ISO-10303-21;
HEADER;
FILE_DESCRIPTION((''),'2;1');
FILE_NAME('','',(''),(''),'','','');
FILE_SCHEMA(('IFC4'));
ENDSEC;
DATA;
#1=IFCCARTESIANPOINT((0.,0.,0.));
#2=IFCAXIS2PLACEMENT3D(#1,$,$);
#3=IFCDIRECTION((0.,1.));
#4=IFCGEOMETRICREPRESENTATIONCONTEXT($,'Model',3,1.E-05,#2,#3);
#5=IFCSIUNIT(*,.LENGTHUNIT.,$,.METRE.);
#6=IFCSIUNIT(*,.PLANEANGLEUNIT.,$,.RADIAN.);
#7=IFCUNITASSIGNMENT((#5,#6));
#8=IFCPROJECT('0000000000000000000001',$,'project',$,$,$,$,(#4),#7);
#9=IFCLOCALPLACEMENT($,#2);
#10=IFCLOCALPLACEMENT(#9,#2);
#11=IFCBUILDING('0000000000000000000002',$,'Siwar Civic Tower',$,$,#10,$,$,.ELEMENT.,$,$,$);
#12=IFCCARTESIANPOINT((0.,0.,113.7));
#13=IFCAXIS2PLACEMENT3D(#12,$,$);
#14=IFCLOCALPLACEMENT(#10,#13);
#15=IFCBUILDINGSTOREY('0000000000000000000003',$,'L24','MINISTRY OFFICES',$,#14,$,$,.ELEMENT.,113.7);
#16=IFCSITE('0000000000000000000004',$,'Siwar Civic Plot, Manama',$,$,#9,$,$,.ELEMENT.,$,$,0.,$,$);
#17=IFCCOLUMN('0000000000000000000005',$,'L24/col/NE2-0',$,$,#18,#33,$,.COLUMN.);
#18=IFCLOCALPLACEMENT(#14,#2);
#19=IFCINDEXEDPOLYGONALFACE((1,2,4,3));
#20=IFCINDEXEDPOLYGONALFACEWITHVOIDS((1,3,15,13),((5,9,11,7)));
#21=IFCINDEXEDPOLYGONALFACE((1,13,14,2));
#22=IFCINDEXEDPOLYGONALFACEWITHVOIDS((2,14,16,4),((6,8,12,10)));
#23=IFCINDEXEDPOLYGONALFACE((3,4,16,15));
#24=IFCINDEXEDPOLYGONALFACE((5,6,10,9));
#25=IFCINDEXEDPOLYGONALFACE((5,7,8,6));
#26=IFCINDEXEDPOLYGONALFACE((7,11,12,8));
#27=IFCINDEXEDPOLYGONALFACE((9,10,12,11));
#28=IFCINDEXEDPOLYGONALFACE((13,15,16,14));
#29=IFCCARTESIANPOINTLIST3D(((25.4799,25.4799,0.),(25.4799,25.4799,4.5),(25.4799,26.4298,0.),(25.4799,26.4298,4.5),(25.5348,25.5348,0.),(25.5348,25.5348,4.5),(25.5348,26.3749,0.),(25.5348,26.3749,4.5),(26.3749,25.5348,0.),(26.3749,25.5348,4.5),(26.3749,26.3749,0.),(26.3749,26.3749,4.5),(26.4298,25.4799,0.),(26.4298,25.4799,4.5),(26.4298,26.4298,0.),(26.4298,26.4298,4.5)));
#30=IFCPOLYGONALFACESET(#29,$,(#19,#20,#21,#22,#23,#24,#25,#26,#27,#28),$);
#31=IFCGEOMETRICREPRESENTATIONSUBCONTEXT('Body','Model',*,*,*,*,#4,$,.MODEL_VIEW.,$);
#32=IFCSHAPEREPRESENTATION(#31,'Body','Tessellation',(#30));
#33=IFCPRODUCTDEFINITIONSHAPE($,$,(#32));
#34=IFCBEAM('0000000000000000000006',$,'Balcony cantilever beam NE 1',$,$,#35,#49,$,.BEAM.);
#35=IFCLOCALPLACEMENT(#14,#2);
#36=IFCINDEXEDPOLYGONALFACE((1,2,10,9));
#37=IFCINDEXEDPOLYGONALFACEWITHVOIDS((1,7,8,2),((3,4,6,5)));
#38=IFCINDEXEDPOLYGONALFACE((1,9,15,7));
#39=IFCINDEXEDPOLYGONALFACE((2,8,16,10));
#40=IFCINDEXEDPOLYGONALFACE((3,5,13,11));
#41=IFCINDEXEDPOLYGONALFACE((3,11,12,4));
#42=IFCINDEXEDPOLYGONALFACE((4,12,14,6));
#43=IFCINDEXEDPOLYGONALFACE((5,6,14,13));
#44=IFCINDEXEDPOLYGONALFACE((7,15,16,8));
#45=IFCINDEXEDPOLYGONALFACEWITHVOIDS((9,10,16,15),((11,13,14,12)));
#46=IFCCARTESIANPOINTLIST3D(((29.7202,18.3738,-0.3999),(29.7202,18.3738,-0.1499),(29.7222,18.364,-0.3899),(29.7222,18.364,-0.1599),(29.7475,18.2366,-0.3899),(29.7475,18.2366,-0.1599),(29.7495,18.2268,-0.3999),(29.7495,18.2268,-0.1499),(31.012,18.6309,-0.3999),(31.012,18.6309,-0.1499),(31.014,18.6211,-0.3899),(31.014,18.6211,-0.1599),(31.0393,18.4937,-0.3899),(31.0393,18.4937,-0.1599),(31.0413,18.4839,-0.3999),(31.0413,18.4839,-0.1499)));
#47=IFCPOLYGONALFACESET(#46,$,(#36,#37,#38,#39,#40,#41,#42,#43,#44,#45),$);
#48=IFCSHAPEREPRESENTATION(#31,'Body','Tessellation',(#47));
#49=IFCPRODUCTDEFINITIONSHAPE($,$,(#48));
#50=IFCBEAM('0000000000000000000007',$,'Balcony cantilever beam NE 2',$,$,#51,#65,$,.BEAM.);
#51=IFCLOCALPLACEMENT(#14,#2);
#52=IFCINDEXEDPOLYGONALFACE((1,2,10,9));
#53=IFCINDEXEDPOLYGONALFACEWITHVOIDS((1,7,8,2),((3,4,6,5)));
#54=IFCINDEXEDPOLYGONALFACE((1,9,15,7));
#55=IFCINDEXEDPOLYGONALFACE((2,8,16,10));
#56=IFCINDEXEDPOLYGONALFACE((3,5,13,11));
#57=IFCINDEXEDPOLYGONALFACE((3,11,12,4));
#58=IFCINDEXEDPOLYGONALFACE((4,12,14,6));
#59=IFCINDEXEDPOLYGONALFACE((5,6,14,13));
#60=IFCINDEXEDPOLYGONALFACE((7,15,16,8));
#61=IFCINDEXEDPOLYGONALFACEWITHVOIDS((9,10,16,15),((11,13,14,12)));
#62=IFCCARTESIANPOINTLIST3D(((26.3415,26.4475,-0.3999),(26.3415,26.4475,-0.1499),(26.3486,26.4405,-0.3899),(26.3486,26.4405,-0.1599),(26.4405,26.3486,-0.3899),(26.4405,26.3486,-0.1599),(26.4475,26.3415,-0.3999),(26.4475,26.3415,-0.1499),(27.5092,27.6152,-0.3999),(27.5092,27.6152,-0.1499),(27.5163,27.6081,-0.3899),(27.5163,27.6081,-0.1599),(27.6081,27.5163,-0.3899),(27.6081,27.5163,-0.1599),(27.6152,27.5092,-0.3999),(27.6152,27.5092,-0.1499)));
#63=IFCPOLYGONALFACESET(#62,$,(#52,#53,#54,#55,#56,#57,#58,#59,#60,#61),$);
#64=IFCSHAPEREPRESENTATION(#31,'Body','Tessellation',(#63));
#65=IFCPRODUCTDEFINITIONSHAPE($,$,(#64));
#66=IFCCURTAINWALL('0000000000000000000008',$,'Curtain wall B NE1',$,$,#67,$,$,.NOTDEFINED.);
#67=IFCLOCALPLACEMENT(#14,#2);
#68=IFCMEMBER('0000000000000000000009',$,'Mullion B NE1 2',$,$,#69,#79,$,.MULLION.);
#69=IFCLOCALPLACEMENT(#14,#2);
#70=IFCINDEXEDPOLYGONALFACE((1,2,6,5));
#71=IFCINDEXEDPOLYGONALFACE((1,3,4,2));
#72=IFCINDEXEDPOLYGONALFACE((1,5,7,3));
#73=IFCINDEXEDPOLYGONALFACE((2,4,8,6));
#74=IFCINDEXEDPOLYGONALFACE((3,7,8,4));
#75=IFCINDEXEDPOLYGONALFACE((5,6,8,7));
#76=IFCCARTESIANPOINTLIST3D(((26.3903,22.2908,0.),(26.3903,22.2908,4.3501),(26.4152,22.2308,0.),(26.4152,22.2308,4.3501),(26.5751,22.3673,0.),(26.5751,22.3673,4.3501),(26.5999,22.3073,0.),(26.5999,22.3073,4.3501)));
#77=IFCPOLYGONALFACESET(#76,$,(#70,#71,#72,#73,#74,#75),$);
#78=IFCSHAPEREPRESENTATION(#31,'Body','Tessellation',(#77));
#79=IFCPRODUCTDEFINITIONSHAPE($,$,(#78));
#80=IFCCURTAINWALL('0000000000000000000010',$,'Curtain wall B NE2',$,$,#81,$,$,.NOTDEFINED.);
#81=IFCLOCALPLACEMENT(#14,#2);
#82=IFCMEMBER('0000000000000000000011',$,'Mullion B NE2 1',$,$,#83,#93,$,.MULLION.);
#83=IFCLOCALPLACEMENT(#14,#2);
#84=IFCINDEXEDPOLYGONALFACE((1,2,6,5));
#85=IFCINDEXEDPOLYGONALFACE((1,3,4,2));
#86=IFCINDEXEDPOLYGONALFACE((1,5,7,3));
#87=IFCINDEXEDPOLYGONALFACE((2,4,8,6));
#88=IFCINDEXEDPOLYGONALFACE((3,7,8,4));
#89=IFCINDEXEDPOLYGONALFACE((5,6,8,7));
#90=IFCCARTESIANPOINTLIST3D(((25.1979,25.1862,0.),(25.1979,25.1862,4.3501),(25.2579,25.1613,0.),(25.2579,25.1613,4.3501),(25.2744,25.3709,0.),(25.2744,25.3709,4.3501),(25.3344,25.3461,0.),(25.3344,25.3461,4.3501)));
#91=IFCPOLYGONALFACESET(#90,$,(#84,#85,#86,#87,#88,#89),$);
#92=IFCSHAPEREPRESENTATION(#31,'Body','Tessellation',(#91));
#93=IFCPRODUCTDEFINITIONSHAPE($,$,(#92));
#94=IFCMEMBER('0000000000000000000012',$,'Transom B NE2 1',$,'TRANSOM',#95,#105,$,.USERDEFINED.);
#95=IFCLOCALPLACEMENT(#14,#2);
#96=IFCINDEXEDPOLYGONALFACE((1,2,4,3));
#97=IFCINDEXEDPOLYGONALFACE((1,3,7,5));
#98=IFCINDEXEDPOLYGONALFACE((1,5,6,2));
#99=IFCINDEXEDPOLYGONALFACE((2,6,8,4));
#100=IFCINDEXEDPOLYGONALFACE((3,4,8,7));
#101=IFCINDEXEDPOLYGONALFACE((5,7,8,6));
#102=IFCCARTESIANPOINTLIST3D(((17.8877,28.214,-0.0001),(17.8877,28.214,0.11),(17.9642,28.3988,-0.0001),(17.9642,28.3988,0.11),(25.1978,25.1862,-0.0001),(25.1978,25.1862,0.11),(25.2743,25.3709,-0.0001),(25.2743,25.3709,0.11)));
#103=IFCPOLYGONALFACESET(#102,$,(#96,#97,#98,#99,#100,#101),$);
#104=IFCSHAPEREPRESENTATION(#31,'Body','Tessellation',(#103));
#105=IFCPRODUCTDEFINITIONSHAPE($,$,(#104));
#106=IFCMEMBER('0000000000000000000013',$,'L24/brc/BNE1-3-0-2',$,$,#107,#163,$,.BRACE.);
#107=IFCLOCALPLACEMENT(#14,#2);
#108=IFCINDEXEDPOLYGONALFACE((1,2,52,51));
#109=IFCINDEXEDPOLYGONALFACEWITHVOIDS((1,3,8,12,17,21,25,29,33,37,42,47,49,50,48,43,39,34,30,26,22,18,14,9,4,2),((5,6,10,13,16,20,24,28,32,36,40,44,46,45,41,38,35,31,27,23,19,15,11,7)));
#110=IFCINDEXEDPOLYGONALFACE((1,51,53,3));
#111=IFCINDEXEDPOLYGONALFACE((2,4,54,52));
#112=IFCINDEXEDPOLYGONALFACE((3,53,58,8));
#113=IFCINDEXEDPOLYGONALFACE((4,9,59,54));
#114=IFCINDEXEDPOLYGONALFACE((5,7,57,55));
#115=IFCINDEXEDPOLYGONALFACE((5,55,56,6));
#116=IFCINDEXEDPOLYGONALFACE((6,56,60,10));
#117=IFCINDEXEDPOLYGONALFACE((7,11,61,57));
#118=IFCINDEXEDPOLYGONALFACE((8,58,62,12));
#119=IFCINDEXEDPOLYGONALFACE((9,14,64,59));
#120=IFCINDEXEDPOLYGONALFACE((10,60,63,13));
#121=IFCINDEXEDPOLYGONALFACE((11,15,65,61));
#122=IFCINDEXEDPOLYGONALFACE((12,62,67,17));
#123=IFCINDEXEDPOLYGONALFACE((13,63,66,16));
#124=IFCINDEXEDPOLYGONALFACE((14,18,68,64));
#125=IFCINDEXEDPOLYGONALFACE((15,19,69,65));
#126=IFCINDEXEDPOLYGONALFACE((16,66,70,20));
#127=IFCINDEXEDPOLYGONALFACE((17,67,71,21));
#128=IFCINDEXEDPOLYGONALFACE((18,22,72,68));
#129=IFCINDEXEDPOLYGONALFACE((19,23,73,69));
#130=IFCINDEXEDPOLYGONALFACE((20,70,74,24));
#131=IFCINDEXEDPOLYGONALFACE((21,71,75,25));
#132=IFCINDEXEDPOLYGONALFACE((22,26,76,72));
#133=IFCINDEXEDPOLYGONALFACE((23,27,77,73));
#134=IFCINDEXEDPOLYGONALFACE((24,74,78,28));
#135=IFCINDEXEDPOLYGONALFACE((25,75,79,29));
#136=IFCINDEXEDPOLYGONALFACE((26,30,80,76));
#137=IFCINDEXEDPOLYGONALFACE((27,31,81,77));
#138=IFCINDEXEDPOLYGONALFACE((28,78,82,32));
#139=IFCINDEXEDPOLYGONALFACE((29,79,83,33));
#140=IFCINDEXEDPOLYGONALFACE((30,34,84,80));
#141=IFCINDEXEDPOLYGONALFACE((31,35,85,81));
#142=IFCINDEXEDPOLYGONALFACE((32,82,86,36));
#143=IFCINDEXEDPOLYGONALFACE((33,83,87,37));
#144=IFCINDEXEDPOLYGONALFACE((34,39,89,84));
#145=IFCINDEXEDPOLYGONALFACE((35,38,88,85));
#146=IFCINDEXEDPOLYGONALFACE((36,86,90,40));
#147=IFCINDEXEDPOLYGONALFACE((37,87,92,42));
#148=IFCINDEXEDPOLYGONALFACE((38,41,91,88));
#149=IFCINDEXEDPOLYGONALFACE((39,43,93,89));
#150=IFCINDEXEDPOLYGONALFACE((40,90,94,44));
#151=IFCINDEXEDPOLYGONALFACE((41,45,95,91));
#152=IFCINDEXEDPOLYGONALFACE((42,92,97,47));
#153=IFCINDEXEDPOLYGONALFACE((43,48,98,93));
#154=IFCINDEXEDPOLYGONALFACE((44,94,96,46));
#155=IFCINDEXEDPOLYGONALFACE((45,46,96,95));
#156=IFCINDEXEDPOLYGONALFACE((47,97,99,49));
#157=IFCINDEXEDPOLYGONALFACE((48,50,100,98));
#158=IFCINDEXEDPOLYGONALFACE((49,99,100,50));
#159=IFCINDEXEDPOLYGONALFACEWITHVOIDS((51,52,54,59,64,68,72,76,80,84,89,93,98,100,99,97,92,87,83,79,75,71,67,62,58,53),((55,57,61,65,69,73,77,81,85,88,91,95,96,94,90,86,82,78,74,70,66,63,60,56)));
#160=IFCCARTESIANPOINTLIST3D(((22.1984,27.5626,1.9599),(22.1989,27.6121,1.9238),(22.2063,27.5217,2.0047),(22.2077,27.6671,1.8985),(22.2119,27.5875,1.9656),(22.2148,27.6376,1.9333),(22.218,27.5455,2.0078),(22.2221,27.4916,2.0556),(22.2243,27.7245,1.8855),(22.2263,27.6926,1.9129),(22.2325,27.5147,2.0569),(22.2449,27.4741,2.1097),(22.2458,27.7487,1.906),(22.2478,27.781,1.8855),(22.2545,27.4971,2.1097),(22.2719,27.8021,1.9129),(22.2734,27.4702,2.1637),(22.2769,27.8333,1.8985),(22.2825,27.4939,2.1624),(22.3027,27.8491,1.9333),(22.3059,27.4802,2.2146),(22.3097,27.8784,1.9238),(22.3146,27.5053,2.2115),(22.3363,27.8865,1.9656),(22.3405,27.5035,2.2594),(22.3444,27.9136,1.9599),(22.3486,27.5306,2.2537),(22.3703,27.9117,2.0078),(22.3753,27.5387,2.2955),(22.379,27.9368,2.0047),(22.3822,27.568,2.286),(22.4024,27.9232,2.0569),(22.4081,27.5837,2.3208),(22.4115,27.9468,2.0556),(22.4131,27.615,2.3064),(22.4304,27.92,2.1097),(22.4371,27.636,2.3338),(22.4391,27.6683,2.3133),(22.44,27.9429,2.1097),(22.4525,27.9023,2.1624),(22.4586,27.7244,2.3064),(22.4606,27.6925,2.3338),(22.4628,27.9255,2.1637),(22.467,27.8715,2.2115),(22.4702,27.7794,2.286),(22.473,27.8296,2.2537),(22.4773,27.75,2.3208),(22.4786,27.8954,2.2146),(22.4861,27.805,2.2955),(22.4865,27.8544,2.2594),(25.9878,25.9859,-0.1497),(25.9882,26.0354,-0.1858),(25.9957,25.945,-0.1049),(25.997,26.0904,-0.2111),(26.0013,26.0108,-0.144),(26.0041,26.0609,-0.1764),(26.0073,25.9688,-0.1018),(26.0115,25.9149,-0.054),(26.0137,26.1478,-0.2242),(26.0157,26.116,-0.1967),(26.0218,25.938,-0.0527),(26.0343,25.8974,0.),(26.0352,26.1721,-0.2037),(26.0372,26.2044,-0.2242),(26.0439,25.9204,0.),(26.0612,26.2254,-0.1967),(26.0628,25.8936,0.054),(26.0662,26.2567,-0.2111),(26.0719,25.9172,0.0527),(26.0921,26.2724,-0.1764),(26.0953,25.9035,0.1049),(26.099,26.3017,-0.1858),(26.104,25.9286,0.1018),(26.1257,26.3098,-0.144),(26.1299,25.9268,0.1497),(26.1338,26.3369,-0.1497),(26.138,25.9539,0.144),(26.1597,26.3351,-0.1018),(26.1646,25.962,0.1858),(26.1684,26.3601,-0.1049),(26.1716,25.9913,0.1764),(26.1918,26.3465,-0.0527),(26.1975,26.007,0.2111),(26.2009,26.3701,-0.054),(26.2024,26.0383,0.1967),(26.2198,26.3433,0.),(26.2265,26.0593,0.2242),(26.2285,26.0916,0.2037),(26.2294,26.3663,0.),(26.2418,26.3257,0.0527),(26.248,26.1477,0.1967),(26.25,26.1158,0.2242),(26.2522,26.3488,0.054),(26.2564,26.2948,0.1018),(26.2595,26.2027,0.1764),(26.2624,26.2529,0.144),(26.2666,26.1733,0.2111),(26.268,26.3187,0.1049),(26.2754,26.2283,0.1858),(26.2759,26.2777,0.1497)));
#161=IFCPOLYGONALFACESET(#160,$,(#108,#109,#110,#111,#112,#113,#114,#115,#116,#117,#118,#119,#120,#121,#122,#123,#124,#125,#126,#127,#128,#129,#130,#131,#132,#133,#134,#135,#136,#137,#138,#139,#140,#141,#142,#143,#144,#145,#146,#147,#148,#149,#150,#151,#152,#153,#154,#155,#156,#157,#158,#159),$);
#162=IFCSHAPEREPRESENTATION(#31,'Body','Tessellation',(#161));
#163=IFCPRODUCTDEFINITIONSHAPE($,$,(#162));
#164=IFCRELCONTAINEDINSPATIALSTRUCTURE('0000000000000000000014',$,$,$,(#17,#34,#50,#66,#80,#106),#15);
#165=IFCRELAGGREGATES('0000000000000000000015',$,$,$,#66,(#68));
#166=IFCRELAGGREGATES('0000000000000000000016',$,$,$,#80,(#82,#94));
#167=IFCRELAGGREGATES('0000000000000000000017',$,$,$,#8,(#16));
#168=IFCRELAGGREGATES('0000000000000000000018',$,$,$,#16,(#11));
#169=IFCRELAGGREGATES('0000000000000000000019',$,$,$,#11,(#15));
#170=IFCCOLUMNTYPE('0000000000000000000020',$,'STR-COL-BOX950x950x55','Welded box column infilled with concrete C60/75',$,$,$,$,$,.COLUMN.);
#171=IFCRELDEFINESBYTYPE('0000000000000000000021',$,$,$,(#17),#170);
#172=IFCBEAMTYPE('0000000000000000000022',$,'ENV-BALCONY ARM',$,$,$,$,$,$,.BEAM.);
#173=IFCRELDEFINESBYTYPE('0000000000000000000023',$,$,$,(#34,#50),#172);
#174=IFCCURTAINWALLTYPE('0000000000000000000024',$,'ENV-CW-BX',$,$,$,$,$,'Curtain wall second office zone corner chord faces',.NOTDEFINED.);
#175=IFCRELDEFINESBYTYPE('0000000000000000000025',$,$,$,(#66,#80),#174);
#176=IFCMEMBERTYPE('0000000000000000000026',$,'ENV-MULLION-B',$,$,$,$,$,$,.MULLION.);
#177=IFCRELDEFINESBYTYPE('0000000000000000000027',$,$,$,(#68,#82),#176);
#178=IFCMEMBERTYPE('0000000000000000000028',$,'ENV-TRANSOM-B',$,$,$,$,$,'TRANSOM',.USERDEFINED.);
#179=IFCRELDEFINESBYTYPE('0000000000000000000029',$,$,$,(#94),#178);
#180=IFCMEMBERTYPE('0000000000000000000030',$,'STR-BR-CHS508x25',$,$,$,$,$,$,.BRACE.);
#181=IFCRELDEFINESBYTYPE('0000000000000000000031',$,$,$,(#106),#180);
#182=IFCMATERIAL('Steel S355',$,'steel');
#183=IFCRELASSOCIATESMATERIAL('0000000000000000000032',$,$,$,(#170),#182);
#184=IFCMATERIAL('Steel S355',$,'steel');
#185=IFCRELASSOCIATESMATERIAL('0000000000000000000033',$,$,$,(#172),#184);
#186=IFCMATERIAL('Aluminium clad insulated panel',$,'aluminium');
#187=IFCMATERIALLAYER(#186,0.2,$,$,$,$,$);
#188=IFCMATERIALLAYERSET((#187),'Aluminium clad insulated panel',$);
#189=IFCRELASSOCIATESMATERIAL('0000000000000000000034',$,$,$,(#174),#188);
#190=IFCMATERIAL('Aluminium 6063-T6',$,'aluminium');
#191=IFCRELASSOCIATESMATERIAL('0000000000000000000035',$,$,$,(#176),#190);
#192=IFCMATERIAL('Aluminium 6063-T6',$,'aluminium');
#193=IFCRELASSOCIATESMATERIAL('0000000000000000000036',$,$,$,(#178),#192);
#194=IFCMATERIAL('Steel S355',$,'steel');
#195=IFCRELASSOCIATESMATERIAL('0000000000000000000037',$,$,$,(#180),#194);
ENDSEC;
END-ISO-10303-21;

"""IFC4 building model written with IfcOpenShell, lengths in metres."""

from ifc_helpers import new_model, si_unit, direction, frame, origin, origin_2d, place, context, subcontext, project, spatial, rectangle, hollow_rectangle, hollow_circle, extrude, material, layer, layer_set, material_profile, profile_set, type_object, element, aggregate, save


model = new_model("IFC4")

# Units and contexts
model_context = context("Model", 3, precision=1e-05, world=origin(), true_north=direction((0.0, 1.0)))
body_context = subcontext(model_context, "Body", "Model", "MODEL_VIEW")
ifc_project = project(units=[si_unit("LENGTHUNIT", "METRE"), si_unit("PLANEANGLEUNIT", "RADIAN")], contexts=[model_context])

# Site, building, storey
site_placement = place(None, origin())
site = spatial("IfcSite", under=ifc_project, at=site_placement, Name="Siwar Civic Plot, Manama", CompositionType="ELEMENT", RefElevation=0.0)
building_placement = place(site_placement, origin())
building = spatial("IfcBuilding", under=site, at=building_placement, Name="Siwar Civic Tower", CompositionType="ELEMENT")
storey_placement = place(building_placement, frame((0.0, 0.0, 113.7)))
storey = spatial("IfcBuildingStorey", under=building, at=storey_placement, Name="L24", Description="MINISTRY OFFICES", CompositionType="ELEMENT", Elevation=113.7)

# Column
ifc_material_1 = material(Name="Steel S355", Category="steel")
ifc_material_profile_1 = material_profile(ifc_material_1, hollow_rectangle(XDim=0.95, YDim=0.95, WallThickness=0.0549, at=origin_2d()), Name="BOX950x950x55")
ifc_profile_set_1 = profile_set([ifc_material_profile_1], Name="Steel S355")
column_type = type_object("IfcColumnType", Name="STR-COL-BOX950x950x55", Description="Welded box column infilled with concrete C60/75", PredefinedType="COLUMN", material=ifc_profile_set_1)
column_placement = place(storey_placement, frame((25.9548, 25.9548, 0.0), z_axis=(0.0, 0.0, 1.0), x_axis=(1.0, 0.0, 0.0)))
element("IfcColumn", 1, at=column_placement, inside=storey, type_object=column_type, Name="L24/col/NE2-0", PredefinedType="COLUMN", context=body_context, shape_type="SweptSolid", body=[
    extrude(hollow_rectangle(XDim=0.95, YDim=0.95, WallThickness=0.0549, at=origin_2d()), origin(), (0.0, 0.0, 1.0), 4.5),
])

# Beams
ifc_material_2 = material(Name="Steel S355", Category="steel")
ifc_material_profile_2 = material_profile(ifc_material_2, hollow_rectangle(XDim=0.1499, YDim=0.25, WallThickness=0.01, at=origin_2d()), Name="RHS250x150x10")
ifc_profile_set_2 = profile_set([ifc_material_profile_2], Name="Steel S355")
beam_type_1 = type_object("IfcBeamType", Name="ENV-BALCONY ARM", PredefinedType="BEAM", material=ifc_profile_set_2)
beam_1_placement = place(storey_placement, frame((29.7349, 18.3003, -0.2749), z_axis=(0.980766, 0.195189, 0.0), x_axis=(-0.195189, 0.980766, 0.0)))
element("IfcBeam", 2, at=beam_1_placement, inside=storey, type_object=beam_type_1, Name="Balcony cantilever beam NE 1", PredefinedType="BEAM", context=body_context, shape_type="SweptSolid", body=[
    extrude(hollow_rectangle(XDim=0.1499, YDim=0.25, WallThickness=0.01, at=origin_2d()), origin(), (0.0, 0.0, 1.0), 1.3171),
])
beam_2_placement = place(storey_placement, frame((26.3945, 26.3945, -0.2749), z_axis=(0.707107, 0.707107, 0.0), x_axis=(-0.707107, 0.707107, 0.0)))
element("IfcBeam", 3, at=beam_2_placement, inside=storey, type_object=beam_type_1, Name="Balcony cantilever beam NE 2", PredefinedType="BEAM", context=body_context, shape_type="SweptSolid", body=[
    extrude(hollow_rectangle(XDim=0.1499, YDim=0.25, WallThickness=0.01, at=origin_2d()), origin(), (0.0, 0.0, 1.0), 1.6514),
])

# Curtain wall, member
ifc_material_3 = material(Name="Aluminium clad insulated panel", Category="aluminium")
ifc_layer_1 = layer(ifc_material_3, 0.2)
ifc_layer_set_1 = layer_set([ifc_layer_1], Name="Aluminium clad insulated panel")
curtain_wall_type = type_object("IfcCurtainWallType", Name="ENV-CW-BX", ElementType="Curtain wall second office zone corner chord faces", PredefinedType="NOTDEFINED", material=ifc_layer_set_1)
curtain_wall_1_placement = place(storey_placement, origin())
curtain_wall_1 = element("IfcCurtainWall", 4, at=curtain_wall_1_placement, inside=storey, type_object=curtain_wall_type, Name="Curtain wall B NE1", PredefinedType="NOTDEFINED")
ifc_material_4 = material(Name="Aluminium 6063-T6", Category="aluminium")
ifc_material_profile_3 = material_profile(ifc_material_4, rectangle(XDim=0.2, YDim=0.0649, at=origin_2d()), Name="AL 200x65")
ifc_profile_set_3 = profile_set([ifc_material_profile_3], Name="Aluminium 6063-T6")
member_type_1 = type_object("IfcMemberType", Name="ENV-MULLION-B", PredefinedType="MULLION", material=ifc_profile_set_3)
member_1_placement = place(storey_placement, frame((26.4951, 22.2991, 0.0), z_axis=(0.0, 0.0, 1.0), x_axis=(-0.92388, -0.382683, 0.0)))
member_1 = element("IfcMember", 5, at=member_1_placement, type_object=member_type_1, Name="Mullion B NE1 2", PredefinedType="MULLION", context=body_context, shape_type="SweptSolid", body=[
    extrude(rectangle(XDim=0.2, YDim=0.0649, at=origin_2d()), origin(), (0.0, 0.0, 1.0), 4.3501),
])

# Curtain wall, members
curtain_wall_2_placement = place(storey_placement, origin())
curtain_wall_2 = element("IfcCurtainWall", 6, at=curtain_wall_2_placement, inside=storey, type_object=curtain_wall_type, Name="Curtain wall B NE2", PredefinedType="NOTDEFINED")
member_2_placement = place(storey_placement, frame((25.2661, 25.2661, 0.0), z_axis=(0.0, 0.0, 1.0), x_axis=(-0.382683, -0.92388, 0.0)))
member_2 = element("IfcMember", 7, at=member_2_placement, type_object=member_type_1, Name="Mullion B NE2 1", PredefinedType="MULLION", context=body_context, shape_type="SweptSolid", body=[
    extrude(rectangle(XDim=0.2, YDim=0.0649, at=origin_2d()), origin(), (0.0, 0.0, 1.0), 4.3501),
])
ifc_material_5 = material(Name="Aluminium 6063-T6", Category="aluminium")
ifc_material_profile_4 = material_profile(ifc_material_5, rectangle(XDim=0.2, YDim=0.1101, at=origin_2d()), Name="AL 200x110")
ifc_profile_set_4 = profile_set([ifc_material_profile_4], Name="Aluminium 6063-T6")
member_type_2 = type_object("IfcMemberType", Name="ENV-TRANSOM-B", ElementType="TRANSOM", PredefinedType="USERDEFINED", material=ifc_profile_set_4)
member_3_placement = place(storey_placement, frame((25.2361, 25.2786, 0.0549), z_axis=(-0.923884, 0.382673, 0.0), x_axis=(-0.382673, -0.923884, 0.0)))
member_3 = element("IfcMember", 8, at=member_3_placement, type_object=member_type_2, Name="Transom B NE2 1", ObjectType="TRANSOM", PredefinedType="USERDEFINED", context=body_context, shape_type="SweptSolid", body=[
    extrude(rectangle(XDim=0.2, YDim=0.1101, at=origin_2d()), origin(), (0.0, 0.0, 1.0), 7.9124),
])

# Member
ifc_material_6 = material(Name="Steel S355", Category="steel")
ifc_material_profile_5 = material_profile(ifc_material_6, hollow_circle(Radius=0.2539, WallThickness=0.0249, at=origin_2d()), Name="CHS508x25")
ifc_profile_set_5 = profile_set([ifc_material_profile_5], Name="Steel S355")
member_type_3 = type_object("IfcMemberType", Name="STR-BR-CHS508x25", PredefinedType="BRACE", material=ifc_profile_set_5)
member_4_placement = place(storey_placement, frame((26.1318, 26.1318, 0.0), z_axis=(-0.821143, 0.341662, 0.457155), x_axis=(-0.384155, -0.923269, 0.0)))
element("IfcMember", 9, at=member_4_placement, inside=storey, type_object=member_type_3, Name="L24/brc/BNE1-3-0-2", PredefinedType="BRACE", context=body_context, shape_type="SweptSolid", body=[
    extrude(hollow_circle(Radius=0.2539, WallThickness=0.0249, at=origin_2d()), origin(), (0.0, 0.0, 1.0), 4.6147),
])

aggregate(curtain_wall_1, [member_1])
aggregate(curtain_wall_2, [member_2, member_3])

save(model, "model.ifc")
